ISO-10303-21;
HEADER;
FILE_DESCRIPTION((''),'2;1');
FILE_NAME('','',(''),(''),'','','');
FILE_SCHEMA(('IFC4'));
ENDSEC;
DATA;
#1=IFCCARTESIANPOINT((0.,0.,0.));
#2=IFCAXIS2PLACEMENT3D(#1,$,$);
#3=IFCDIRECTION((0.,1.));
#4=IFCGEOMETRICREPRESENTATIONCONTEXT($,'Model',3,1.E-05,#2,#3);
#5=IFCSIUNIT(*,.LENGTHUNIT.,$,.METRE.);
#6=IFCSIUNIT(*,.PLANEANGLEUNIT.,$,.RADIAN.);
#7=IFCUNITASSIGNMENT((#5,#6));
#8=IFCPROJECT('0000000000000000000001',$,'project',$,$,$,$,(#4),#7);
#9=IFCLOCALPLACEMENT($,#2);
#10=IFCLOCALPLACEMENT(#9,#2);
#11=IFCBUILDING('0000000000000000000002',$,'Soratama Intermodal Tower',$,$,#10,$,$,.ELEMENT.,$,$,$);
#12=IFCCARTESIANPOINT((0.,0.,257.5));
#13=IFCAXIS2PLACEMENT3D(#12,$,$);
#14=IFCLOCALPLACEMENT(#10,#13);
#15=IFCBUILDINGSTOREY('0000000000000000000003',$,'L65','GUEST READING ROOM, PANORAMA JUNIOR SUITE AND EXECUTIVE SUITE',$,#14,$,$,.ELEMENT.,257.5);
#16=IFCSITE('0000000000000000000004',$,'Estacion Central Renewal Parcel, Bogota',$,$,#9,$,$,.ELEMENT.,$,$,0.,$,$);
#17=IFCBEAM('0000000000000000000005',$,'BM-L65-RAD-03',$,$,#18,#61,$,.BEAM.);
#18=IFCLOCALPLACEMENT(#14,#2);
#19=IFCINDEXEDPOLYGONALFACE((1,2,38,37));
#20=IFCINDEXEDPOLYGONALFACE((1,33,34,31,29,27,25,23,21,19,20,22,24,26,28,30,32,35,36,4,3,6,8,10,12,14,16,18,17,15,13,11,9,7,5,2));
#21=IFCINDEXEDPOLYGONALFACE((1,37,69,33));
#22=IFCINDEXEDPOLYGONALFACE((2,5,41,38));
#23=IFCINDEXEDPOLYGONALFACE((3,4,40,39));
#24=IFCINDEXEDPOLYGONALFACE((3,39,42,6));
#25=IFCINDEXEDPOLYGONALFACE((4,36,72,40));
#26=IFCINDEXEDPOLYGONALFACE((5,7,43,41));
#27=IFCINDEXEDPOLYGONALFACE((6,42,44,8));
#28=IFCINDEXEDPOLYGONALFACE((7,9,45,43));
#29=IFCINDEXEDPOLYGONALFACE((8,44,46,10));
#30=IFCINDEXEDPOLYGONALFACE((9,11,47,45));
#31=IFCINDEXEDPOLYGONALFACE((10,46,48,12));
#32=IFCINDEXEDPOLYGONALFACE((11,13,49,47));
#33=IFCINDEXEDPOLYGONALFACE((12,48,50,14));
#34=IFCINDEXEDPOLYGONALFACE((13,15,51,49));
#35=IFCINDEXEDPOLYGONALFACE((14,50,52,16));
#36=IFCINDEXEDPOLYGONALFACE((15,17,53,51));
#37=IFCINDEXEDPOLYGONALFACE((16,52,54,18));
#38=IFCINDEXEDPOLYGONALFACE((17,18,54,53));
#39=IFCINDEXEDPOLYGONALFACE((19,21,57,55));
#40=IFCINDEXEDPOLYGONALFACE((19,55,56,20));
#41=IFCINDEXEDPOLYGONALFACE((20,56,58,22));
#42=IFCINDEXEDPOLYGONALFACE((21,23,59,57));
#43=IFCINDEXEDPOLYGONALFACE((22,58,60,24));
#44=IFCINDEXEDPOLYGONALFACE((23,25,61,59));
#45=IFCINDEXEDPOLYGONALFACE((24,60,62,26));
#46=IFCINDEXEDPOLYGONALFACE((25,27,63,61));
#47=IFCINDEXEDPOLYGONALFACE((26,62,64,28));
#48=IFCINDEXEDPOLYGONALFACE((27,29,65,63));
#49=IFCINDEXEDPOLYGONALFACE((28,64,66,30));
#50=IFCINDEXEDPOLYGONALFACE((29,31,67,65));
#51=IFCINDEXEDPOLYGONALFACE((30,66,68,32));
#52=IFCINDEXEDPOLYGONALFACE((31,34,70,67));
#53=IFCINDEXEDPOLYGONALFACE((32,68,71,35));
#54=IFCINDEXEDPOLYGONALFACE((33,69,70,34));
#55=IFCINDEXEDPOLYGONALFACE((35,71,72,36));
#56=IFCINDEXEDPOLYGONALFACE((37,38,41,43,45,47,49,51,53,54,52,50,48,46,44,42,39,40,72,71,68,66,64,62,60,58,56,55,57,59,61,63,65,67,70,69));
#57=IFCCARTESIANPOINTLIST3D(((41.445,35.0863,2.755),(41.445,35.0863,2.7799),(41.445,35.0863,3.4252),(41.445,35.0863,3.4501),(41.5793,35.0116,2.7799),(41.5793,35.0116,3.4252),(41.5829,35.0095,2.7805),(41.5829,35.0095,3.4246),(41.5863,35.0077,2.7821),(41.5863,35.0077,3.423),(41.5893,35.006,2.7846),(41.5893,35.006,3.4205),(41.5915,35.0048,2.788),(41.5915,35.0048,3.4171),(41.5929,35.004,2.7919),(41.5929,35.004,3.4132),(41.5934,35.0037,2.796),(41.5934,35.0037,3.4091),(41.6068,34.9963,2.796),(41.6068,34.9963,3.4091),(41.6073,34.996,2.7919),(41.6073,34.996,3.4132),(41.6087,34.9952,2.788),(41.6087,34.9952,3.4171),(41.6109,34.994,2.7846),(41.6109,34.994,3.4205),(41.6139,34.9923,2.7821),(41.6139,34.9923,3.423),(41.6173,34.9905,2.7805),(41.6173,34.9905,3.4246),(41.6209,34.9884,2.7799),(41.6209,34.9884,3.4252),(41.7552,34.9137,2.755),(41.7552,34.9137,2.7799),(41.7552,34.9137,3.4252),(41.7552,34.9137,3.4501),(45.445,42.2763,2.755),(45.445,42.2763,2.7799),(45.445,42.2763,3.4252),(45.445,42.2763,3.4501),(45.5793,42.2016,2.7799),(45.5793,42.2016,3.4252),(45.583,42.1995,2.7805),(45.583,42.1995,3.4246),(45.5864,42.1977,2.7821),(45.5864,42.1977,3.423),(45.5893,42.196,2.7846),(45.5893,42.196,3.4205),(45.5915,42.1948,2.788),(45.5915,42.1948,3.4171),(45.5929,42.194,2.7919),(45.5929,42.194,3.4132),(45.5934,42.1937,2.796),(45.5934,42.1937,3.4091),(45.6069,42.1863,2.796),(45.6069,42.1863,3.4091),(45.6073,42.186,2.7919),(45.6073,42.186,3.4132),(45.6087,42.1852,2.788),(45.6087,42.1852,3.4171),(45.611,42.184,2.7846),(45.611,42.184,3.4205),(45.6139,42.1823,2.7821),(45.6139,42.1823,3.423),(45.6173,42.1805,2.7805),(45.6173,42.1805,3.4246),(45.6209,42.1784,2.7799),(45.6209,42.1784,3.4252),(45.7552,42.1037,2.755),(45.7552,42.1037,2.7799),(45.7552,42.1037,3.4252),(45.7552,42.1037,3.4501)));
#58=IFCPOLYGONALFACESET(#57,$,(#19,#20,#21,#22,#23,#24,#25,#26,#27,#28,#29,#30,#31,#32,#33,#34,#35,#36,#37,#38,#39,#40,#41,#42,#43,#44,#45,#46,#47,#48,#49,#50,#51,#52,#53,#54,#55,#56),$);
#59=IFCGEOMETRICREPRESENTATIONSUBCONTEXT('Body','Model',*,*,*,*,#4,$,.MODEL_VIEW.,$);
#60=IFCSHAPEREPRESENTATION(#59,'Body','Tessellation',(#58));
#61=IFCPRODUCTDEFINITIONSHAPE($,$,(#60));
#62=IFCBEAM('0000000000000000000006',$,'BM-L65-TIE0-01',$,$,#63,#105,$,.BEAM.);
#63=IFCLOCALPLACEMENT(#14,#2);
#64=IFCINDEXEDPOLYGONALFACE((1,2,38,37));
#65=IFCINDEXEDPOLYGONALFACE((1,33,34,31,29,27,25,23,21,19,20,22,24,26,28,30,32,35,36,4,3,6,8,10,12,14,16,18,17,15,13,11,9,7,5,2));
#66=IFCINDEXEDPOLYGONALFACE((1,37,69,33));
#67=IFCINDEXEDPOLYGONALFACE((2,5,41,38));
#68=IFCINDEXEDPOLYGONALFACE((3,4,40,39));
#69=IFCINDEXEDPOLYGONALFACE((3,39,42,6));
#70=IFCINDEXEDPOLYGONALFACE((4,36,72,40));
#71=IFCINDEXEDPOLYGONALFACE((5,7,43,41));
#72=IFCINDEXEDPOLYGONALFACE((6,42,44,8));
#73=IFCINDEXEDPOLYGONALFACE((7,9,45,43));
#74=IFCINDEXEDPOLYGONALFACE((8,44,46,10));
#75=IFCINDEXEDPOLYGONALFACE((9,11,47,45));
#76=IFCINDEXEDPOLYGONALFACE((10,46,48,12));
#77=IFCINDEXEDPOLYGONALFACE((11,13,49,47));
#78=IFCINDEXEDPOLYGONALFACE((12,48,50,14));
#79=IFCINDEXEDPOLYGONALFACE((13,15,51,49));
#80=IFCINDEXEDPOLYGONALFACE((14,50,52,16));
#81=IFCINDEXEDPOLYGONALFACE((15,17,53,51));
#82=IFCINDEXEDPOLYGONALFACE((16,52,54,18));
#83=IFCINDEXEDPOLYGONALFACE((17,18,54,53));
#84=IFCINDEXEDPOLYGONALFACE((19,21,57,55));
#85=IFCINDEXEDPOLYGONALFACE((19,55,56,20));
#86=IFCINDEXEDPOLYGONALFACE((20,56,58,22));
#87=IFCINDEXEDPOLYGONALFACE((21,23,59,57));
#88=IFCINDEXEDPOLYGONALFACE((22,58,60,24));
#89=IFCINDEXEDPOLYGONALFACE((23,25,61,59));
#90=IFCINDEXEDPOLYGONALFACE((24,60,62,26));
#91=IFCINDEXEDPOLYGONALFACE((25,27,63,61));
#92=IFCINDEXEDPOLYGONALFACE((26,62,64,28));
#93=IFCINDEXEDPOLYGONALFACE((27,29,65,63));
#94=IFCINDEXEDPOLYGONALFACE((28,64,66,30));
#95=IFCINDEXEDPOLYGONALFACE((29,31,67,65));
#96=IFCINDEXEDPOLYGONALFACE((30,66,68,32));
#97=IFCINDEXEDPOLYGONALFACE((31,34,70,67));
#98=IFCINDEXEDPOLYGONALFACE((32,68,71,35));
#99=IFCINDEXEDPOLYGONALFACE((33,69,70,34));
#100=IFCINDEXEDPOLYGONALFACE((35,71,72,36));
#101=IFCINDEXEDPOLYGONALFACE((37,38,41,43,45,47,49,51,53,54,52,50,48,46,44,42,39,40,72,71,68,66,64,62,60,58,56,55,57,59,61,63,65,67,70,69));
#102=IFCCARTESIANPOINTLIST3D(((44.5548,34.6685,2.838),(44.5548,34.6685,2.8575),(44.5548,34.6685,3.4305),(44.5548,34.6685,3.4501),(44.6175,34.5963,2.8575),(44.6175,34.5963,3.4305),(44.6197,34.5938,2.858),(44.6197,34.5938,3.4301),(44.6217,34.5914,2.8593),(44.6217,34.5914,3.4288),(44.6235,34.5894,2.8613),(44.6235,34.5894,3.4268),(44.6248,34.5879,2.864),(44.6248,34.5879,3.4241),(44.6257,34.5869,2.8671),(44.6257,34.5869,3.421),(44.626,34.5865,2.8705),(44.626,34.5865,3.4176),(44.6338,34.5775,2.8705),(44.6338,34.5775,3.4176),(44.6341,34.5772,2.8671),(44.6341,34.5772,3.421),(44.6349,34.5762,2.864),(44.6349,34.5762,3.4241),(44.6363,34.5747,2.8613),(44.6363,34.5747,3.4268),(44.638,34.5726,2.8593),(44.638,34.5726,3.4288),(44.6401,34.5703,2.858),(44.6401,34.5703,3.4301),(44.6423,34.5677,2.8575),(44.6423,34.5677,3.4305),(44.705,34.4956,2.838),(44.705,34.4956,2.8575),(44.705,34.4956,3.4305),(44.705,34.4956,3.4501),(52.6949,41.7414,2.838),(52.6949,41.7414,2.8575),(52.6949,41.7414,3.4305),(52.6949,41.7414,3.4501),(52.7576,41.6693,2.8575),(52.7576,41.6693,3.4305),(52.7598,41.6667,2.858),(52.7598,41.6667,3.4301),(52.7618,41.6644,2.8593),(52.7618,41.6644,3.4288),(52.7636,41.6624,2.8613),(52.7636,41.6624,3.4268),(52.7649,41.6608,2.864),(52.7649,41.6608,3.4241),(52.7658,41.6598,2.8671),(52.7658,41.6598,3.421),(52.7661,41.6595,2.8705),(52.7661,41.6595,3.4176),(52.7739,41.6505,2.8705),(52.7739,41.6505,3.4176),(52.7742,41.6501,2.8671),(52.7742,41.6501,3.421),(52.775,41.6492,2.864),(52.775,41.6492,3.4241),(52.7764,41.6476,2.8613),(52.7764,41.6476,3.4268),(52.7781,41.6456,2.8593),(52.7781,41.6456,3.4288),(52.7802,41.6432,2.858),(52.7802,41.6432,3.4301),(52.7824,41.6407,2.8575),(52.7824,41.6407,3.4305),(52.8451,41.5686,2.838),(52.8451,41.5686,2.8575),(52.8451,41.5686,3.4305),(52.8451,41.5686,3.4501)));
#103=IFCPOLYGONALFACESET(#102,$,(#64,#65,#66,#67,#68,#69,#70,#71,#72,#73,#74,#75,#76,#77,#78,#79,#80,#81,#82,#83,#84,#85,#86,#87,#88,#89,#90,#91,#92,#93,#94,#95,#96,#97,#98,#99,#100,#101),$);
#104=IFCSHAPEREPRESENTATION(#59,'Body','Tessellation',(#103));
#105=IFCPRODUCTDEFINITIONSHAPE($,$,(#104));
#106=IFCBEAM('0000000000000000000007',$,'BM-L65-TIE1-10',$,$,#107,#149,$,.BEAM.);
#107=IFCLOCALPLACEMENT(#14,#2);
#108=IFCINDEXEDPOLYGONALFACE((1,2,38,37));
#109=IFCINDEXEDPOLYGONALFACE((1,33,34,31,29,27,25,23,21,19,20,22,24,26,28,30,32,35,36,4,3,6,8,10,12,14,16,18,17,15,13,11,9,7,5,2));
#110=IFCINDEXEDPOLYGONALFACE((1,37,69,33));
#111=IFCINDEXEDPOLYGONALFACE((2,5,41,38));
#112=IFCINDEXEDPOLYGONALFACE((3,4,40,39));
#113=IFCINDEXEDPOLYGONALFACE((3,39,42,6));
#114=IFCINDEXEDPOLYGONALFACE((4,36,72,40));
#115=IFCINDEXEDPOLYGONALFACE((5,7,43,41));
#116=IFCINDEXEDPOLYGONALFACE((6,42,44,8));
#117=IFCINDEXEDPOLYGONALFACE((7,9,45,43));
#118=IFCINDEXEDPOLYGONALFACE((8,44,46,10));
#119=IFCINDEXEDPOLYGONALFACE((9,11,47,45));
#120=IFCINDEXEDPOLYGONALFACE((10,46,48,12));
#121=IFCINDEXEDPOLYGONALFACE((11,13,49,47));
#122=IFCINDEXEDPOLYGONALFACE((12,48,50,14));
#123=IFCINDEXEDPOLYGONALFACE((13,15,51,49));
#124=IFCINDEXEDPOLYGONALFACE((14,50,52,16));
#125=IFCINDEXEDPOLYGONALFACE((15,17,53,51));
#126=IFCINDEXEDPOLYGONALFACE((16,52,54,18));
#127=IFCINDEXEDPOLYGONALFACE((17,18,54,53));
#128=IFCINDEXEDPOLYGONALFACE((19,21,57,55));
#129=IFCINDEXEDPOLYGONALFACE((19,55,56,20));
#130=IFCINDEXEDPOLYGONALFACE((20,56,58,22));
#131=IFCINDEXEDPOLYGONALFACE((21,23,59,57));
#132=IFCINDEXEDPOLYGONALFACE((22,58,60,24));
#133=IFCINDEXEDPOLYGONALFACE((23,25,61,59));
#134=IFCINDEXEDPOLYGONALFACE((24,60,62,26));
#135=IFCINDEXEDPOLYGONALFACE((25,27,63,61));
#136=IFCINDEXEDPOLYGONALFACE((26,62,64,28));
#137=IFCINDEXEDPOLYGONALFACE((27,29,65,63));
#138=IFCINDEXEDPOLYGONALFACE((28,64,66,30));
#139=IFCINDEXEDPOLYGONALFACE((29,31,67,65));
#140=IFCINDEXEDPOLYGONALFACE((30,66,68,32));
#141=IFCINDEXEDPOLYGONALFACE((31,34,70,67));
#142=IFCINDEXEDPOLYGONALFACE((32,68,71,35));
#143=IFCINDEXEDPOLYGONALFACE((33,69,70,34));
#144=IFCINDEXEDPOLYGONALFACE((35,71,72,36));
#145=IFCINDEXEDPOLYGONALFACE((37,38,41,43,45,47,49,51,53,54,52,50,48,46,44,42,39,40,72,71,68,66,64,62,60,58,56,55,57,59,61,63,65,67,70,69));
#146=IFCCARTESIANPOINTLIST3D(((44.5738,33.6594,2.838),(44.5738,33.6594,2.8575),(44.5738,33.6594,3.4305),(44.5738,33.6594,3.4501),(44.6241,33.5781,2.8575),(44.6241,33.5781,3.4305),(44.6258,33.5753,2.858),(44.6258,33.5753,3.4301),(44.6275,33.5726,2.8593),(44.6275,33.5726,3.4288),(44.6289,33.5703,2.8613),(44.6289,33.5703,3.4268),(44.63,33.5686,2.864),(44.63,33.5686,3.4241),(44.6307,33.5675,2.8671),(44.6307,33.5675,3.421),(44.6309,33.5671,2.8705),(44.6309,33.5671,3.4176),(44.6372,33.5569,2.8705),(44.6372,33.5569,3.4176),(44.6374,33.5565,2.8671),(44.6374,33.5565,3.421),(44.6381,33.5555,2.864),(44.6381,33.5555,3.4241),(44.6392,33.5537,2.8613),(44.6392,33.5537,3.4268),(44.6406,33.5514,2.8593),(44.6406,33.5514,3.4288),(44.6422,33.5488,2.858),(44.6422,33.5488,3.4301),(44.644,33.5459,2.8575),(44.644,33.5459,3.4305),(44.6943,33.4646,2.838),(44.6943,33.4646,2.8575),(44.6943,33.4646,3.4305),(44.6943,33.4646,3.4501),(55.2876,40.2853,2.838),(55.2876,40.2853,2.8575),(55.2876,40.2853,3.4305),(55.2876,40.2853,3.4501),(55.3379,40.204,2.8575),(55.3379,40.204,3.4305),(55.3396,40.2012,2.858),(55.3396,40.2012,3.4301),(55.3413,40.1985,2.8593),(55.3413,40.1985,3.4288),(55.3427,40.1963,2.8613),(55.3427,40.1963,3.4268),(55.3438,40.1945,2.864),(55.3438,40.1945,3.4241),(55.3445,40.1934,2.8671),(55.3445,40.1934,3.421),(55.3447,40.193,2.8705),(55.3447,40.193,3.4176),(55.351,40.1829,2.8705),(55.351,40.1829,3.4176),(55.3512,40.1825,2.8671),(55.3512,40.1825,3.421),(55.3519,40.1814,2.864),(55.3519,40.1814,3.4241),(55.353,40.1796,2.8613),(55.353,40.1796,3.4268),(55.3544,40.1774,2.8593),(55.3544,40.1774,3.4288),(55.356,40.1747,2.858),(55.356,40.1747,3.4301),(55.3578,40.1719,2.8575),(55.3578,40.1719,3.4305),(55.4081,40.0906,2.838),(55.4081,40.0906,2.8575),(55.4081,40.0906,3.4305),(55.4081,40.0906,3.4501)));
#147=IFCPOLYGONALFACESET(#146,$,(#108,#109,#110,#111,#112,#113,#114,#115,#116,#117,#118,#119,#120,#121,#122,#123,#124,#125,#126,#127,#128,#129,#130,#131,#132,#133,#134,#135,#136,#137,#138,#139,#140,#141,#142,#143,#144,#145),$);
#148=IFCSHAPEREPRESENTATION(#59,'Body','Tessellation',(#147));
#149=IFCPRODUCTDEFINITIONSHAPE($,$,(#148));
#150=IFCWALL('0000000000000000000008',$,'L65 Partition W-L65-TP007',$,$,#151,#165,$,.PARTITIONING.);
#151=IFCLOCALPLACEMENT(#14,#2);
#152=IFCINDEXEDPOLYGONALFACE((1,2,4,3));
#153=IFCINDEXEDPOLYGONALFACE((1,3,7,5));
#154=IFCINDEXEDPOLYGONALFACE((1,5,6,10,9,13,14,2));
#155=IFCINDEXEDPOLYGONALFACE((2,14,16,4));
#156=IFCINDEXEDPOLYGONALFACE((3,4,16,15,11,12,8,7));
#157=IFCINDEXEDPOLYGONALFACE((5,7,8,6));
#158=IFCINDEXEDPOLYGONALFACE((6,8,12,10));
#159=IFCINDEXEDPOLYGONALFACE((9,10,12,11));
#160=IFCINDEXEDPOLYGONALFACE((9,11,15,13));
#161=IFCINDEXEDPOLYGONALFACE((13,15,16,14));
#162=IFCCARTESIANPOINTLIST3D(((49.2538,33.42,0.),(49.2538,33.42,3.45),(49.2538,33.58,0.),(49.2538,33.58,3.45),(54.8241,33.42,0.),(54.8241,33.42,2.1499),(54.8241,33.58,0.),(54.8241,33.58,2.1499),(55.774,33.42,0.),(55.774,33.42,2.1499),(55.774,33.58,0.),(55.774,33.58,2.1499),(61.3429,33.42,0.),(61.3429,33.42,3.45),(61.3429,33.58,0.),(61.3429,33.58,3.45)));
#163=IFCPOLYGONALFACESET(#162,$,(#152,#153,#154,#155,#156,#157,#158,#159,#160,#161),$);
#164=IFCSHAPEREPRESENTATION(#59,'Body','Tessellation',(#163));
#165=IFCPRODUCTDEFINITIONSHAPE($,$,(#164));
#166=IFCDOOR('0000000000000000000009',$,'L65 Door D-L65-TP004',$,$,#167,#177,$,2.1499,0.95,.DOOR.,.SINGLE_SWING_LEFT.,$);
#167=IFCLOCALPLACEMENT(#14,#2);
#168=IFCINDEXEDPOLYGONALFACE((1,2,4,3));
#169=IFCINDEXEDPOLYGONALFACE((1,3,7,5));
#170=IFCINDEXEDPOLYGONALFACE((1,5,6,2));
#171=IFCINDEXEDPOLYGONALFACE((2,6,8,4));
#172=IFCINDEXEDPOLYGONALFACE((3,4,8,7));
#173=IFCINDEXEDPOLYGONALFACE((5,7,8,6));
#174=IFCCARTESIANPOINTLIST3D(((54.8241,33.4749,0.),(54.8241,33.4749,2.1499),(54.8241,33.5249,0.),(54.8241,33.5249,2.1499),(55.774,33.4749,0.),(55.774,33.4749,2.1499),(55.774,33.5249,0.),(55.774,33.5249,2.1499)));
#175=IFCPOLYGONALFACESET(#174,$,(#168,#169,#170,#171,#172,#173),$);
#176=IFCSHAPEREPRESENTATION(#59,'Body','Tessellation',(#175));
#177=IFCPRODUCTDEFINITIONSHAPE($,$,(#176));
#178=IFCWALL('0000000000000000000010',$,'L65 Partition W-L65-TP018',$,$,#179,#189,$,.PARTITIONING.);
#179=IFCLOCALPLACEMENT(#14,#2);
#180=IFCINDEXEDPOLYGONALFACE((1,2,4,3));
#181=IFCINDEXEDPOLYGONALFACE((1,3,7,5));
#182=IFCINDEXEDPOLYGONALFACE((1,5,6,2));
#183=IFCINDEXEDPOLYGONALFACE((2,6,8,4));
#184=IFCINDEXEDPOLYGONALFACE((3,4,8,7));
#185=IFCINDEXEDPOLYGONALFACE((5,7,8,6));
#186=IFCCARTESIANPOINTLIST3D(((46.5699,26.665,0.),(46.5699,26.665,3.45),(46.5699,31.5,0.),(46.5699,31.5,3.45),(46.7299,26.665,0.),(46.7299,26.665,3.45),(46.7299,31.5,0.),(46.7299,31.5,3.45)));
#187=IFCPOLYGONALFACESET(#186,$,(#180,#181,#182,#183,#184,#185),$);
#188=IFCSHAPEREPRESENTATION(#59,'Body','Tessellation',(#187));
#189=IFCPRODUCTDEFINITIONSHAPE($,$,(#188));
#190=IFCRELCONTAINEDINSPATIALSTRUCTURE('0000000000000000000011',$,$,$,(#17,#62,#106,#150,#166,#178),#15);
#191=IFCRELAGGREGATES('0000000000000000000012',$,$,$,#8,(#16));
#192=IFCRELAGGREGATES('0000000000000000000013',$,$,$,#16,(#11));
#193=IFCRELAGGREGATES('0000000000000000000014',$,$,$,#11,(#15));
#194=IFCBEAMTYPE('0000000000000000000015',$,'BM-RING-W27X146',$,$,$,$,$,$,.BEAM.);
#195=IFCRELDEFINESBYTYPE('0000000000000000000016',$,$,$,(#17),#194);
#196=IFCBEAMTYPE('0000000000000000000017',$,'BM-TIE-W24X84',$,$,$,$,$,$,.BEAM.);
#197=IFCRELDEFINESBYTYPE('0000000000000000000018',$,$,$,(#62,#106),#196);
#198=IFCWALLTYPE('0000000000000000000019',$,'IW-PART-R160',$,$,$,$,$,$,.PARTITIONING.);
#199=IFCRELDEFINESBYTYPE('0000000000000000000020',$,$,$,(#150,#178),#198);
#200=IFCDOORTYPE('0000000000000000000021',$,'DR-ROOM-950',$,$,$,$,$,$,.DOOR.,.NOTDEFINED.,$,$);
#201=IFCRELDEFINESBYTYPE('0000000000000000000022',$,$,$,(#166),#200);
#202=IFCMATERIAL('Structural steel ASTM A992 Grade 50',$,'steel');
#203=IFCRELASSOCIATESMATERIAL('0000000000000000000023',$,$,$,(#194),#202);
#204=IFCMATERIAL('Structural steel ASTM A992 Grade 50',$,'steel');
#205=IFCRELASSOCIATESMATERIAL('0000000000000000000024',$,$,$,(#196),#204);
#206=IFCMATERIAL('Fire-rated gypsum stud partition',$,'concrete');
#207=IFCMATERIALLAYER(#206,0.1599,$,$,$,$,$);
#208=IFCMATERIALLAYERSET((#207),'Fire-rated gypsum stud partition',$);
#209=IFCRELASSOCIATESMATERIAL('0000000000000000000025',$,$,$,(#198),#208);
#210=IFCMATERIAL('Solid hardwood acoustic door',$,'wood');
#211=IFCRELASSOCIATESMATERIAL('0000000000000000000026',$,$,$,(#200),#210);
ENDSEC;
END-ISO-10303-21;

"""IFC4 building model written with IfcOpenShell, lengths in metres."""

from ifc_helpers import new_model, si_unit, direction, frame, frame_2d, origin, origin_2d, place, context, subcontext, project, spatial, rectangle, i_section, extrude, material, layer, layer_set, material_profile, profile_set, type_object, element, fill, save


model = new_model("IFC4")

# Units and contexts
model_context = context("Model", 3, precision=1e-05, world=origin(), true_north=direction((0.0, 1.0)))
body_context = subcontext(model_context, "Body", "Model", "MODEL_VIEW")
ifc_project = project(units=[si_unit("LENGTHUNIT", "METRE"), si_unit("PLANEANGLEUNIT", "RADIAN")], contexts=[model_context])

# Site, building, storey
site_placement = place(None, origin())
site = spatial("IfcSite", under=ifc_project, at=site_placement, Name="Estacion Central Renewal Parcel, Bogota", CompositionType="ELEMENT", RefElevation=0.0)
building_placement = place(site_placement, origin())
building = spatial("IfcBuilding", under=site, at=building_placement, Name="Soratama Intermodal Tower", CompositionType="ELEMENT")
storey_placement = place(building_placement, frame((0.0, 0.0, 257.5)))
storey = spatial("IfcBuildingStorey", under=building, at=storey_placement, Name="L65", Description="GUEST READING ROOM, PANORAMA JUNIOR SUITE AND EXECUTIVE SUITE", CompositionType="ELEMENT", Elevation=257.5)

# Beams
ifc_material_1 = material(Name="Structural steel ASTM A992 Grade 50", Category="steel")
ifc_material_profile_1 = material_profile(ifc_material_1, i_section(OverallWidth=0.355, OverallDepth=0.6951, WebThickness=0.0154, FlangeThickness=0.0249, FilletRadius=0.0161, at=origin_2d()), Name="W27X146")
ifc_profile_set_1 = profile_set([ifc_material_profile_1], Name="Structural steel ASTM A992 Grade 50")
beam_type_1 = type_object("IfcBeamType", Name="BM-RING-W27X146", PredefinedType="BEAM", material=ifc_profile_set_1)
beam_1_placement = place(storey_placement, frame((41.6001, 35.0, 3.1025), z_axis=(0.486162, 0.873869, 0.0), x_axis=(-0.873869, 0.486162, 0.0)))
element("IfcBeam", 1, at=beam_1_placement, inside=storey, type_object=beam_type_1, Name="BM-L65-RAD-03", PredefinedType="BEAM", context=body_context, shape_type="SweptSolid", body=[
    extrude(i_section(OverallWidth=0.355, OverallDepth=0.6951, WebThickness=0.0154, FlangeThickness=0.0249, FilletRadius=0.0161, at=origin_2d()), origin(), (0.0, 0.0, 1.0), 8.2278),
])
ifc_material_2 = material(Name="Structural steel ASTM A992 Grade 50", Category="steel")
ifc_material_profile_2 = material_profile(ifc_material_2, i_section(OverallWidth=0.229, OverallDepth=0.6121, WebThickness=0.012, FlangeThickness=0.0195, FilletRadius=0.0129, at=origin_2d()), Name="W24X84")
ifc_profile_set_2 = profile_set([ifc_material_profile_2], Name="Structural steel ASTM A992 Grade 50")
beam_type_2 = type_object("IfcBeamType", Name="BM-TIE-W24X84", PredefinedType="BEAM", material=ifc_profile_set_2)
beam_2_placement = place(storey_placement, frame((44.6299, 34.582, 3.144), z_axis=(0.754853, 0.655894, 0.0), x_axis=(-0.655894, 0.754853, 0.0)))
element("IfcBeam", 2, at=beam_2_placement, inside=storey, type_object=beam_type_2, Name="BM-L65-TIE0-01", PredefinedType="BEAM", context=body_context, shape_type="SweptSolid", body=[
    extrude(i_section(OverallWidth=0.229, OverallDepth=0.6121, WebThickness=0.012, FlangeThickness=0.0195, FilletRadius=0.0129, at=origin_2d()), origin(), (0.0, 0.0, 1.0), 10.7837),
])
beam_3_placement = place(storey_placement, frame((44.634, 33.562, 3.144), z_axis=(0.850493, 0.525986, 0.0), x_axis=(-0.525986, 0.850493, 0.0)))
element("IfcBeam", 3, at=beam_3_placement, inside=storey, type_object=beam_type_2, Name="BM-L65-TIE1-10", PredefinedType="BEAM", context=body_context, shape_type="SweptSolid", body=[
    extrude(i_section(OverallWidth=0.229, OverallDepth=0.6121, WebThickness=0.012, FlangeThickness=0.0195, FilletRadius=0.0129, at=origin_2d()), origin(), (0.0, 0.0, 1.0), 12.5972),
])

# Wall, opening, door
ifc_material_3 = material(Name="Fire-rated gypsum stud partition", Category="concrete")
ifc_layer_1 = layer(ifc_material_3, 0.1599)
ifc_layer_set_1 = layer_set([ifc_layer_1], Name="Fire-rated gypsum stud partition")
wall_type_1 = type_object("IfcWallType", Name="IW-PART-R160", PredefinedType="PARTITIONING", material=ifc_layer_set_1)
wall_1_placement = place(storey_placement, frame((49.2539, 33.5, 0.0), z_axis=(0.0, 0.0, 1.0), x_axis=(1.0, 0.0, 0.0)))
wall_1 = element("IfcWall", 4, at=wall_1_placement, inside=storey, type_object=wall_type_1, Name="L65 Partition W-L65-TP007", PredefinedType="PARTITIONING", context=body_context, shape_type="SweptSolid", body=[
    extrude(rectangle(XDim=12.0891, YDim=0.1599, at=frame_2d((6.0444, 0.0))), origin(), (0.0, 0.0, 1.0), 3.45),
])
opening_1_placement = place(wall_1_placement, frame((5.5701, 0.0, 0.0)))
opening_1 = element("IfcOpeningElement", 5, at=opening_1_placement, cuts=wall_1, PredefinedType="OPENING", context=body_context, shape_type="SweptSolid", body=[
    extrude(rectangle(XDim=0.95, YDim=2.1499, at=frame_2d((0.4751, 1.075))), frame((0.0, 0.0898, 0.0), z_axis=(0.0, -1.0, 0.0), x_axis=(1.0, 0.0, 0.0)), (0.0, 0.0, 1.0), 0.1799),
])
ifc_material_4 = material(Name="Solid hardwood acoustic door", Category="wood")
door_type_1 = type_object("IfcDoorType", Name="DR-ROOM-950", OperationType="NOTDEFINED", PredefinedType="DOOR", material=ifc_material_4)
door_1_placement = place(opening_1_placement, origin())
door_1 = element("IfcDoor", 6, at=door_1_placement, inside=storey, type_object=door_type_1, Name="L65 Door D-L65-TP004", OperationType="SINGLE_SWING_LEFT", OverallHeight=2.1499, OverallWidth=0.95, PredefinedType="DOOR", context=body_context, shape_type="SweptSolid", body=[
    extrude(rectangle(XDim=0.95, YDim=2.1499, at=frame_2d((0.4751, 1.075))), frame((0.0, 0.0249, 0.0), z_axis=(0.0, -1.0, 0.0), x_axis=(1.0, 0.0, 0.0)), (0.0, 0.0, 1.0), 0.05),
])
fill(opening_1, door_1)

# Wall
wall_2_placement = place(storey_placement, frame((46.6499, 31.5, 0.0), z_axis=(0.0, 0.0, 1.0), x_axis=(0.0, -1.0, 0.0)))
element("IfcWall", 7, at=wall_2_placement, inside=storey, type_object=wall_type_1, Name="L65 Partition W-L65-TP018", PredefinedType="PARTITIONING", context=body_context, shape_type="SweptSolid", body=[
    extrude(rectangle(XDim=4.835, YDim=0.1599, at=frame_2d((2.4175, 0.0))), origin(), (0.0, 0.0, 1.0), 3.45),
])

save(model, "model.ifc")
